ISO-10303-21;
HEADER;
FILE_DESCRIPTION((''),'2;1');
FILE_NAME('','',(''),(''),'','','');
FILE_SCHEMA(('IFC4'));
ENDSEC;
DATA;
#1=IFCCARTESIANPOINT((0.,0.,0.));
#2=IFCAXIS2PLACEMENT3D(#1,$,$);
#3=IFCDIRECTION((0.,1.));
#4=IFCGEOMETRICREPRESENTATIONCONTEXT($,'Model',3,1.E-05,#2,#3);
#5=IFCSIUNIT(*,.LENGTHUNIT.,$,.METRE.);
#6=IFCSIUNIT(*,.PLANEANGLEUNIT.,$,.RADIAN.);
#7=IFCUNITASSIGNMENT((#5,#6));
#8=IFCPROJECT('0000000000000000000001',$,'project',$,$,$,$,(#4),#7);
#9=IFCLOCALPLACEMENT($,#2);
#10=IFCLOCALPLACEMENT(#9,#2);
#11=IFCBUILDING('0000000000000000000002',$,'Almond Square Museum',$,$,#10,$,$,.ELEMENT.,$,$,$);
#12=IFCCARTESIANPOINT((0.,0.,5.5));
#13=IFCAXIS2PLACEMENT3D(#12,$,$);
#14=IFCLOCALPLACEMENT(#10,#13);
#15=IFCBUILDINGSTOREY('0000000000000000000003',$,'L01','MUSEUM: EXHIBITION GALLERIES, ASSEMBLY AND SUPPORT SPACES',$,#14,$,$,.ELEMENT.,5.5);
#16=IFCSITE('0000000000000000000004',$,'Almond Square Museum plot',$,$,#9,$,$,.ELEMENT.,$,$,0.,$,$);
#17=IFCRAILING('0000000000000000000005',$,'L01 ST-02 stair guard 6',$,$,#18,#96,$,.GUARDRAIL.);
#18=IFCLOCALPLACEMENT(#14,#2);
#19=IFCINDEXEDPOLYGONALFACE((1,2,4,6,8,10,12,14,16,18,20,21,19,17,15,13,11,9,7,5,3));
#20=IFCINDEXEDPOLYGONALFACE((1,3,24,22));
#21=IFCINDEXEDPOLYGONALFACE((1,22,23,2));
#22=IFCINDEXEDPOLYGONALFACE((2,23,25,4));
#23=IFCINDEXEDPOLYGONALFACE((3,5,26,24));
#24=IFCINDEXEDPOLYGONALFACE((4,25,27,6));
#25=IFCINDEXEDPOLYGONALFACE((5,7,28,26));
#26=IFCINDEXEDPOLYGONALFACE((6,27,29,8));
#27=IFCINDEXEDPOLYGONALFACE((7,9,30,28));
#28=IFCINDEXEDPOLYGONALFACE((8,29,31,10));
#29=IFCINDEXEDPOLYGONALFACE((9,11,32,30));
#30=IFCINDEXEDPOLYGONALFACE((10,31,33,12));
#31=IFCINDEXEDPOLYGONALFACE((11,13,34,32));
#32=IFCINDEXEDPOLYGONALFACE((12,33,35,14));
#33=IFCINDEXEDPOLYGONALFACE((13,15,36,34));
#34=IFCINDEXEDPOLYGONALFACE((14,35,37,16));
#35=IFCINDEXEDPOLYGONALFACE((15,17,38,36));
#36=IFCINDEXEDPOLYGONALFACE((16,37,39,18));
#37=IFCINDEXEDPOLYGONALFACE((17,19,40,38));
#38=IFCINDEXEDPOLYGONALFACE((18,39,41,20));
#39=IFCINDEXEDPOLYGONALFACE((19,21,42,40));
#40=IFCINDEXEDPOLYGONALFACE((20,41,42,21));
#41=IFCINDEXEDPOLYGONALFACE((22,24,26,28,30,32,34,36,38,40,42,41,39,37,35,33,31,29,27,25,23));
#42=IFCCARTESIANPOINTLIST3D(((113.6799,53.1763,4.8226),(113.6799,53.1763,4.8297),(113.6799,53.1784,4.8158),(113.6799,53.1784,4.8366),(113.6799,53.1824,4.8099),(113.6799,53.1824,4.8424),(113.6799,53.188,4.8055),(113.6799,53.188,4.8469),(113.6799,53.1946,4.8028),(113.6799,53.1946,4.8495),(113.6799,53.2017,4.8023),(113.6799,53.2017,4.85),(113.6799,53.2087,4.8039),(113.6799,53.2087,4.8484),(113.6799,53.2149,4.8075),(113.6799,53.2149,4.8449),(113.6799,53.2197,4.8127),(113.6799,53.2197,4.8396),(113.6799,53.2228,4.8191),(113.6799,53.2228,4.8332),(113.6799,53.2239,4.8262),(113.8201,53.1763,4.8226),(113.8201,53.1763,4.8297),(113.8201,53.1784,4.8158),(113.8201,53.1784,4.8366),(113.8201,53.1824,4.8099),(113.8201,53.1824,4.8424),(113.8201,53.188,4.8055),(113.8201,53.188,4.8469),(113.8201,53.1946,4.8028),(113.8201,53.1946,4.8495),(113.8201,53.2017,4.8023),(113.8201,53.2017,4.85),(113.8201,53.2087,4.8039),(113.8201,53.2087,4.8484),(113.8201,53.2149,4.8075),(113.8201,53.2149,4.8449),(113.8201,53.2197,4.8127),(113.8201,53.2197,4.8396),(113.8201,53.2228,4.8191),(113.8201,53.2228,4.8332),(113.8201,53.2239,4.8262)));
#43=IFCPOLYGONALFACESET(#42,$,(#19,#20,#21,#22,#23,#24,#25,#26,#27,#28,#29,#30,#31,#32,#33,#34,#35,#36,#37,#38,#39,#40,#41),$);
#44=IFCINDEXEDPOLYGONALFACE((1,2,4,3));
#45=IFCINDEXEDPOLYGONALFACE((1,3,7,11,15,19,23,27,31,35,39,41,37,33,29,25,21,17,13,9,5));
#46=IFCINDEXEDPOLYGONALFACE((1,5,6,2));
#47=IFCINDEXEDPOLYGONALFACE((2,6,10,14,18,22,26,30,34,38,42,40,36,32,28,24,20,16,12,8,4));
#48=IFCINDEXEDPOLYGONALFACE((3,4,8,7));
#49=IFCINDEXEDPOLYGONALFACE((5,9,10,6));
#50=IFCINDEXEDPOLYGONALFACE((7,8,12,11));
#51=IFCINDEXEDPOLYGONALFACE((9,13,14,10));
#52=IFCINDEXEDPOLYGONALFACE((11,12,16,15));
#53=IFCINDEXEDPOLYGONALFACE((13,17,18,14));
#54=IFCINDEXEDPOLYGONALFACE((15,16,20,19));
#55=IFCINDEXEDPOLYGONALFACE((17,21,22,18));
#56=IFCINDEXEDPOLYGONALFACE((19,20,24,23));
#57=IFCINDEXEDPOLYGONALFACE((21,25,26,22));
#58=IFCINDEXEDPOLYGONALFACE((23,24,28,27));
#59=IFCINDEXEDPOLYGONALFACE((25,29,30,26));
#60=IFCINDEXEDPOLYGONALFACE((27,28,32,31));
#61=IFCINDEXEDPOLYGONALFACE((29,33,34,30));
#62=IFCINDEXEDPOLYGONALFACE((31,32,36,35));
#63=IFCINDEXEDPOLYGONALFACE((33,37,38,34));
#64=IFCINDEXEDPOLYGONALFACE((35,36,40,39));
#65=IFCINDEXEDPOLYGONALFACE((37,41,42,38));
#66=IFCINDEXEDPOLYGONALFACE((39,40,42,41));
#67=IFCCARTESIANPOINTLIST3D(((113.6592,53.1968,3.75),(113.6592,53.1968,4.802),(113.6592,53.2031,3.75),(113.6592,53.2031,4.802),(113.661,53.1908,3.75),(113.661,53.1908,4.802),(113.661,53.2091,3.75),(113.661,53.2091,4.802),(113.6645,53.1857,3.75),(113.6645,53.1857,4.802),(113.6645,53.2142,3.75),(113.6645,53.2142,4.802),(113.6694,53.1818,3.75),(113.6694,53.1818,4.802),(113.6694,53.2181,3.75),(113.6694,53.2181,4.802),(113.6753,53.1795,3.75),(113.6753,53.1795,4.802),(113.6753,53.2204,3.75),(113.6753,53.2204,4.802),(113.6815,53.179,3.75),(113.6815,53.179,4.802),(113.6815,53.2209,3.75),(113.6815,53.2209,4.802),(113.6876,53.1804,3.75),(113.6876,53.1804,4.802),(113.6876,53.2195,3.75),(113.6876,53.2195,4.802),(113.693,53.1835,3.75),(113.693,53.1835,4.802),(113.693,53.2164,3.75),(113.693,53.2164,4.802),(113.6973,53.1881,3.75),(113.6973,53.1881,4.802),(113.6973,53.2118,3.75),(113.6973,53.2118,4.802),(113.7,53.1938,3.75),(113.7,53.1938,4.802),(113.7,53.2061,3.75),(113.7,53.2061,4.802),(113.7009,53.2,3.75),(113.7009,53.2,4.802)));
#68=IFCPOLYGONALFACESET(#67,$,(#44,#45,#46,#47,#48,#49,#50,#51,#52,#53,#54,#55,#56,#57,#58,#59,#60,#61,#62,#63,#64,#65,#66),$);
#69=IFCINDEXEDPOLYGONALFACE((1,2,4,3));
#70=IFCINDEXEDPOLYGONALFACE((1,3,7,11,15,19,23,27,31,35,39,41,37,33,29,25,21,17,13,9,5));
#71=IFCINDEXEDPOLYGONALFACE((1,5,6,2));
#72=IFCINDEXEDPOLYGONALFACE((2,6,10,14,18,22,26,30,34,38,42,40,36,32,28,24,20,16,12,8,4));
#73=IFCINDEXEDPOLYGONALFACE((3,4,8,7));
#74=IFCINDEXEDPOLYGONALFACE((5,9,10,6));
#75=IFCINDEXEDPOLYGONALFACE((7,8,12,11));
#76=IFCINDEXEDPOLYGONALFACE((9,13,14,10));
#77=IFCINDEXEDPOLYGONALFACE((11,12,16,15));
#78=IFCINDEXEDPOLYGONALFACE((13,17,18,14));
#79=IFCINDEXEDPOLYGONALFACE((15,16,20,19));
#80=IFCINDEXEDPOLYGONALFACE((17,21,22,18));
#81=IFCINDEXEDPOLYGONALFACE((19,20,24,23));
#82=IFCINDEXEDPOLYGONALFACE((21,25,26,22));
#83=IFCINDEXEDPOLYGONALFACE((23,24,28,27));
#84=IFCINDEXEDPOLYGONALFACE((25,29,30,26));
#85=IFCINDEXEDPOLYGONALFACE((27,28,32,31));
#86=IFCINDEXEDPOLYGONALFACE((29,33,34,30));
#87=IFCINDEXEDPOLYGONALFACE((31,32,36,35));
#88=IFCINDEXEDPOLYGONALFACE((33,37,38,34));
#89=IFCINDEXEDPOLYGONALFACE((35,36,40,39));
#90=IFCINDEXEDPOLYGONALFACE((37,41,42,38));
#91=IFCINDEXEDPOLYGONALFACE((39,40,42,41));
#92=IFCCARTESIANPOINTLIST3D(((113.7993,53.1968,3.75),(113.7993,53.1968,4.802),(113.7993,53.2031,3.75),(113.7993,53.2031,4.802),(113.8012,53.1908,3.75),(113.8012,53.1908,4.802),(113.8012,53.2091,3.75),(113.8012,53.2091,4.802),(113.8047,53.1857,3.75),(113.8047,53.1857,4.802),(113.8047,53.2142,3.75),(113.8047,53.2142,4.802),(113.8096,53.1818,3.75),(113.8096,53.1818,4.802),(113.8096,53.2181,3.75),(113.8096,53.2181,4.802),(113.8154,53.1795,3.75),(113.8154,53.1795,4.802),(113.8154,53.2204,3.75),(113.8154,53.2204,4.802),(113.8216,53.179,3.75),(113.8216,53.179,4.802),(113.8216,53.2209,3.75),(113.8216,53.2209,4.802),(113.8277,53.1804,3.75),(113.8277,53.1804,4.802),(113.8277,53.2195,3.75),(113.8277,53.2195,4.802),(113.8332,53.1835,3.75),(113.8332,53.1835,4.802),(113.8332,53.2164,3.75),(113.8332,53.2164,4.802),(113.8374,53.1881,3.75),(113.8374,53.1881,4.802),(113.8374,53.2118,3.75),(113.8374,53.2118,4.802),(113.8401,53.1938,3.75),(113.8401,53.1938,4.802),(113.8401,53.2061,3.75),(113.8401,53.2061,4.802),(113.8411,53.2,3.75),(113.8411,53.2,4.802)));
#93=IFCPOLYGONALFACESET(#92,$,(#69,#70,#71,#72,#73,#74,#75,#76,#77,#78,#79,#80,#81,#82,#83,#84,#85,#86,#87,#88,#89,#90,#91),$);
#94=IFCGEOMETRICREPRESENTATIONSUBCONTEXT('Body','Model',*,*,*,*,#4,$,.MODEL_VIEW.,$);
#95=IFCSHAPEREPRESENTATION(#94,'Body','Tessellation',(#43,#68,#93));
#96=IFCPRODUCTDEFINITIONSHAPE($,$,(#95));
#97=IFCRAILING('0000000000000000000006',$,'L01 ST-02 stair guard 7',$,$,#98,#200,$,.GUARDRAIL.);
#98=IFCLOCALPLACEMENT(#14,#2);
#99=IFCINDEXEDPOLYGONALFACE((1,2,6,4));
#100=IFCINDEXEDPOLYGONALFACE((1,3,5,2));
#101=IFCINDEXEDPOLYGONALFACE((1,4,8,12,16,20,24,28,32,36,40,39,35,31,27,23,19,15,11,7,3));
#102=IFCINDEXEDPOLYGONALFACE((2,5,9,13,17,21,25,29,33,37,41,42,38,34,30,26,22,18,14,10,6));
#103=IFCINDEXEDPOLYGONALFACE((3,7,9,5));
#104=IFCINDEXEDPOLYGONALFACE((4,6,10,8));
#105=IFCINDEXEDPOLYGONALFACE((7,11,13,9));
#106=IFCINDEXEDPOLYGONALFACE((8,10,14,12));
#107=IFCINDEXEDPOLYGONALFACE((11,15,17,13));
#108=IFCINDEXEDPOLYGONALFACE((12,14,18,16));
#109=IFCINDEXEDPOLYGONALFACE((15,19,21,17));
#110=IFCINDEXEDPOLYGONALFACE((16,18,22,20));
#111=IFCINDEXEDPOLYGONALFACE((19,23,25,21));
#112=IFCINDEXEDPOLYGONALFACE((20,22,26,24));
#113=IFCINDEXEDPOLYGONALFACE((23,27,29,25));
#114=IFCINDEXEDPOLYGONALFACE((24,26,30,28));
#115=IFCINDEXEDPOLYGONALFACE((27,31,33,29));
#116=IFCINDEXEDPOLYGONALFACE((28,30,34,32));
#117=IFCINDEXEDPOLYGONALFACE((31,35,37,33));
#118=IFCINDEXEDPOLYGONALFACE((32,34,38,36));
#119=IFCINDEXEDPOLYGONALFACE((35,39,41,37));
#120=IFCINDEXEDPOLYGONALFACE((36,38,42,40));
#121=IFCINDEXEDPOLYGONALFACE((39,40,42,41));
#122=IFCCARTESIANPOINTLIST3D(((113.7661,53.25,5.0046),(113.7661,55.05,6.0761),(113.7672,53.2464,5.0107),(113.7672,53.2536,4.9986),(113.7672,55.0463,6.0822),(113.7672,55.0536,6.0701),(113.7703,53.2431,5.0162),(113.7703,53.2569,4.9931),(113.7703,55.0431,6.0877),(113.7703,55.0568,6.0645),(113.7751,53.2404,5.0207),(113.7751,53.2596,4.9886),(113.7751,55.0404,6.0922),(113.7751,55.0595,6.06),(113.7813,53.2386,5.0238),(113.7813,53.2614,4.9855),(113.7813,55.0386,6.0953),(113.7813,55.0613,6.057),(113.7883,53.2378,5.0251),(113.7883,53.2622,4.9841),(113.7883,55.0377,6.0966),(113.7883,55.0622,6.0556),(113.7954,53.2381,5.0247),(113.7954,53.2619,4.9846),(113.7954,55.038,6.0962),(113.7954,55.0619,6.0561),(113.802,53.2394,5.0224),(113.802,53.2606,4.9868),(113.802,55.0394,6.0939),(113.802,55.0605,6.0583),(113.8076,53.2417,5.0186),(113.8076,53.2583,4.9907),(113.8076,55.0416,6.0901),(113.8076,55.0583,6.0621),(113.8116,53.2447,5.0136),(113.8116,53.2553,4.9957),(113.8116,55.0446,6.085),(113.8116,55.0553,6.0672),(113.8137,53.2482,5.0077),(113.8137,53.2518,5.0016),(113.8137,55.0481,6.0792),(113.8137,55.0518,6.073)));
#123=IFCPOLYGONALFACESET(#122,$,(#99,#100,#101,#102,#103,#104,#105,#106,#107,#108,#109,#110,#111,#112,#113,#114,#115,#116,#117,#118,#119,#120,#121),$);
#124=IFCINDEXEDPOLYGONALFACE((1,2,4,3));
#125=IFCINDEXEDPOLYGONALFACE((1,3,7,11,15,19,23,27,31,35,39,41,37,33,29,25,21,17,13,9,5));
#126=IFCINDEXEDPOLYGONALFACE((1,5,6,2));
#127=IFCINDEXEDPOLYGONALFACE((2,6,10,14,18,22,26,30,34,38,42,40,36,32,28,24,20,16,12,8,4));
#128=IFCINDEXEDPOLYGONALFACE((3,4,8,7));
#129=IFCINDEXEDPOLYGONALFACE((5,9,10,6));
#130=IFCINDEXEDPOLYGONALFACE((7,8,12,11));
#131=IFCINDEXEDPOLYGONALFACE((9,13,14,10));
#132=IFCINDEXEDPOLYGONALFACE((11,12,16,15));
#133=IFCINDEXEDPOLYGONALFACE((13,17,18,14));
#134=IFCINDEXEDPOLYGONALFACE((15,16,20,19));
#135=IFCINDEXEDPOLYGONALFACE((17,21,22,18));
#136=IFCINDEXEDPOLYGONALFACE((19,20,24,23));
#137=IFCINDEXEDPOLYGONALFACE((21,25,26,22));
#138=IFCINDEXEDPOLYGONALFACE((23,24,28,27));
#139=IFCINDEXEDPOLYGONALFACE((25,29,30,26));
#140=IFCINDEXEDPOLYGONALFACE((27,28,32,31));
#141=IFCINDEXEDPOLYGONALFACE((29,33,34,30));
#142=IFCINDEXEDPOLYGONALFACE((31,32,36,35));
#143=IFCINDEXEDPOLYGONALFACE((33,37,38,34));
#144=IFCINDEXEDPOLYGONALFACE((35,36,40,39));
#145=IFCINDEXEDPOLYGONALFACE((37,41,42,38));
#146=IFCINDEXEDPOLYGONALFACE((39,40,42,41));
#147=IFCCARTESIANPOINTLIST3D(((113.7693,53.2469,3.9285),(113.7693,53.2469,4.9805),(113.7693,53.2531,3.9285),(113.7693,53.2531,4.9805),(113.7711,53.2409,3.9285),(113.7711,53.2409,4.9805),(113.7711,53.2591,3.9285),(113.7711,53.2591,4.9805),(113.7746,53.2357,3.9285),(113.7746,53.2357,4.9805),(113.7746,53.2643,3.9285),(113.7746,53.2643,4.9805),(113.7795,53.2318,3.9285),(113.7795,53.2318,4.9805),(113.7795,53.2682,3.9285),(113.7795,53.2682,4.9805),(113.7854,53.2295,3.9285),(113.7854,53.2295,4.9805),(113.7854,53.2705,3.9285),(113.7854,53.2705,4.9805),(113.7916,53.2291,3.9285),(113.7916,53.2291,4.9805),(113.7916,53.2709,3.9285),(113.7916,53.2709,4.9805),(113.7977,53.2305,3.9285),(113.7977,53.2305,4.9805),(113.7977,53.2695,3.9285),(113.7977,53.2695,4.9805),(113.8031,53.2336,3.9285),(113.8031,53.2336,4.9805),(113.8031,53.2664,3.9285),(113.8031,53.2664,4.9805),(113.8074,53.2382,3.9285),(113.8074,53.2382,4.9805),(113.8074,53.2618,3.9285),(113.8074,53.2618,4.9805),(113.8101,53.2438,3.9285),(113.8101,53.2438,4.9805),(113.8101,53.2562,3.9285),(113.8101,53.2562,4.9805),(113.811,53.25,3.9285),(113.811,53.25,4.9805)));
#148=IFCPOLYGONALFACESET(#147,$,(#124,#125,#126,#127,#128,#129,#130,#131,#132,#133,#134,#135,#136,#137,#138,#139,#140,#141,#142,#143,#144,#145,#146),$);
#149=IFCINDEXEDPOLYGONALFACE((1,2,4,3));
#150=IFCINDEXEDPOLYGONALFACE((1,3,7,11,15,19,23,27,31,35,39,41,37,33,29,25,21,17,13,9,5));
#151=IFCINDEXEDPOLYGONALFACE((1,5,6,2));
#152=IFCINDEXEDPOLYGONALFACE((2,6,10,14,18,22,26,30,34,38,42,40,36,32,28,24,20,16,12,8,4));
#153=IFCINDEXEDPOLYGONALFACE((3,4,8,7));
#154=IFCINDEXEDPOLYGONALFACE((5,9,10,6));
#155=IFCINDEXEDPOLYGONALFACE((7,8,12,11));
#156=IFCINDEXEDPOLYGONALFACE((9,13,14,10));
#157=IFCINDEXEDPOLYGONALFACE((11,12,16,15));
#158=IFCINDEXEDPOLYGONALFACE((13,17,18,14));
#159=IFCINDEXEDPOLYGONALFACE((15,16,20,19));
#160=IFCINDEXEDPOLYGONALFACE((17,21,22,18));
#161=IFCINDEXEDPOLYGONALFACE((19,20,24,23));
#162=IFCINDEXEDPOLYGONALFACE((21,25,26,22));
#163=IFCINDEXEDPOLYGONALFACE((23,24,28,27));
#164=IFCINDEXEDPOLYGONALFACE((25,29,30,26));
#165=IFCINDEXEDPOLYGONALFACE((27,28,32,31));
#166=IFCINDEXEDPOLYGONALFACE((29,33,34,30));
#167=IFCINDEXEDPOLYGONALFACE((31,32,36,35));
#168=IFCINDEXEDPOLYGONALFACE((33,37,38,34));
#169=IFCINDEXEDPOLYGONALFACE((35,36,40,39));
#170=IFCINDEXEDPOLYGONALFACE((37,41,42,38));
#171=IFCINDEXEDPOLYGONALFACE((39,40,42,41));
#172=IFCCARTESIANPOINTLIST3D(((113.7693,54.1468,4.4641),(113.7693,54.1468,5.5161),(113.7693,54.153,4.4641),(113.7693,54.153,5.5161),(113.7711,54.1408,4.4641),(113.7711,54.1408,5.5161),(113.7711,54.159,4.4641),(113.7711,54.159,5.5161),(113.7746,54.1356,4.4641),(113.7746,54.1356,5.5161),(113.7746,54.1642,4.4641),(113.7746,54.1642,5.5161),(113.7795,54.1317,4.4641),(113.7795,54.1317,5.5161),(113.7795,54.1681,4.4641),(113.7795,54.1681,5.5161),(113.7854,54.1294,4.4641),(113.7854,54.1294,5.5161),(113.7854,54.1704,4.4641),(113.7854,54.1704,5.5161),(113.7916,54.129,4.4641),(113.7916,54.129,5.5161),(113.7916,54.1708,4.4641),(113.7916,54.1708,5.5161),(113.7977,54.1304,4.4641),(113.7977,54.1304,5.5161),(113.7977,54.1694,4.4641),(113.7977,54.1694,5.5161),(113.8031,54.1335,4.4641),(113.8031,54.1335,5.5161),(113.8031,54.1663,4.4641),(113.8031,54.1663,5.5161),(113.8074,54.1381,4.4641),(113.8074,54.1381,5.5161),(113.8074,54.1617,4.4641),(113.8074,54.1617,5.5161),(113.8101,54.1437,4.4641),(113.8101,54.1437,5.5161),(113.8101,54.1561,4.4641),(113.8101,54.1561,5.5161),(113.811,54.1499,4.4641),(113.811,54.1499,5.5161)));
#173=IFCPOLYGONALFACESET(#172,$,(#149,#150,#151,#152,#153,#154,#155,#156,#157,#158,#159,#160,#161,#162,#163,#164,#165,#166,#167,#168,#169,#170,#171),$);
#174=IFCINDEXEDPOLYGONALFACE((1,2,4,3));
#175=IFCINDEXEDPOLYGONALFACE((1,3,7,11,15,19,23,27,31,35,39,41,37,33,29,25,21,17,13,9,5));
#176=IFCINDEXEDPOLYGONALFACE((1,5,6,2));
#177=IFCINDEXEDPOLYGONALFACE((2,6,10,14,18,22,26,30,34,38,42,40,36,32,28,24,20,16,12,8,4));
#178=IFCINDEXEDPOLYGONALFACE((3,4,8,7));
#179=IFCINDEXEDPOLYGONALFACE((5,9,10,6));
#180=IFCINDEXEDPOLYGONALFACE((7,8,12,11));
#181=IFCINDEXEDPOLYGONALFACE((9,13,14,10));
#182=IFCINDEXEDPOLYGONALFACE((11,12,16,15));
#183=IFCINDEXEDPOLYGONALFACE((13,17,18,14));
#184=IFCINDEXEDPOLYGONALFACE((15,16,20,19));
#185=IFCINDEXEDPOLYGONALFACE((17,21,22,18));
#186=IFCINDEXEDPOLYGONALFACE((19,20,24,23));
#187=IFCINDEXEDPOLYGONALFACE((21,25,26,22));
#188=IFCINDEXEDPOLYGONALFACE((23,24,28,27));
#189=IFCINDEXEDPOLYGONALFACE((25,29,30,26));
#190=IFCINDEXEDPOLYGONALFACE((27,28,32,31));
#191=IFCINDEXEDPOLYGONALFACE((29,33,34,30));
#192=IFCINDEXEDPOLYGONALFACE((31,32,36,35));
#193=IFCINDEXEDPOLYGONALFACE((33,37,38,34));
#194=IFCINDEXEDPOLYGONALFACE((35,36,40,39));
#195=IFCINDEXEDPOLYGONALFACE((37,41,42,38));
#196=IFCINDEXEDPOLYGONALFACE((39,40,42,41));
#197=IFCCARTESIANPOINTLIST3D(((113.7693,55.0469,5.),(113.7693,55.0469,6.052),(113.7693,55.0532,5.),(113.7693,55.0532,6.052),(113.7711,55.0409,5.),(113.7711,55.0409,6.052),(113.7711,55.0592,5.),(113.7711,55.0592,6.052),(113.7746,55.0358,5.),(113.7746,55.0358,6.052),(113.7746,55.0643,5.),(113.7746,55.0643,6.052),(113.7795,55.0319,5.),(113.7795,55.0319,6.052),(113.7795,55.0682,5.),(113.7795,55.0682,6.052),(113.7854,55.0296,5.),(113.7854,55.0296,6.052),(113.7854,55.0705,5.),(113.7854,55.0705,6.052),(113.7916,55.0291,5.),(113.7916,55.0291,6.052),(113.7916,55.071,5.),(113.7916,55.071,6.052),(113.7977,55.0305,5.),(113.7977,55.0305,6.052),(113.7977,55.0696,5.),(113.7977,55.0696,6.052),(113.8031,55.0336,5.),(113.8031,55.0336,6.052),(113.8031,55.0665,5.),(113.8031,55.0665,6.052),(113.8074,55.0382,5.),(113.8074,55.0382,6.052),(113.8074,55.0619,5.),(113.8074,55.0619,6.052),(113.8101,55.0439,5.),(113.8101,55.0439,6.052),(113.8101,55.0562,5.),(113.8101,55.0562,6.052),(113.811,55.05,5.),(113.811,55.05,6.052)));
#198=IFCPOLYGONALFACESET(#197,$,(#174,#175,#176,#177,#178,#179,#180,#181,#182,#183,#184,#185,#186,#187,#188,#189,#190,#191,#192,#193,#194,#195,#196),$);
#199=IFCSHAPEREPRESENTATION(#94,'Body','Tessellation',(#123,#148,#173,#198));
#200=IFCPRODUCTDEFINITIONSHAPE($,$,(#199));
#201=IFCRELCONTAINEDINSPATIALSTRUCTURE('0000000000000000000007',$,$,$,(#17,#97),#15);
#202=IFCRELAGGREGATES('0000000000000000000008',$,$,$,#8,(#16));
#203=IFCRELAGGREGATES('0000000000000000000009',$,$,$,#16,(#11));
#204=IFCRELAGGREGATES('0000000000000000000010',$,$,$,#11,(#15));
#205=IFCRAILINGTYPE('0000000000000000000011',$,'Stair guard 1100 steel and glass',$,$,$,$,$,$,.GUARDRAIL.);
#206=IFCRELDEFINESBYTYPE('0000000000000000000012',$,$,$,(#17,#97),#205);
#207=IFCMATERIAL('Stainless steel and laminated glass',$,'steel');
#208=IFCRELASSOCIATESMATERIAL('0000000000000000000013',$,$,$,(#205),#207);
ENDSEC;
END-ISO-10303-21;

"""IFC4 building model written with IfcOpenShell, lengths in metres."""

from ifc_helpers import new_model, si_unit, direction, frame, origin, origin_2d, place, context, subcontext, project, spatial, circle, extrude, material, type_object, element, save


model = new_model("IFC4")

# Units and contexts
model_context = context("Model", 3, precision=1e-05, world=origin(), true_north=direction((0.0, 1.0)))
body_context = subcontext(model_context, "Body", "Model", "MODEL_VIEW")
ifc_project = project(units=[si_unit("LENGTHUNIT", "METRE"), si_unit("PLANEANGLEUNIT", "RADIAN")], contexts=[model_context])

# Site, building, storey
site_placement = place(None, origin())
site = spatial("IfcSite", under=ifc_project, at=site_placement, Name="Almond Square Museum plot", CompositionType="ELEMENT", RefElevation=0.0)
building_placement = place(site_placement, origin())
building = spatial("IfcBuilding", under=site, at=building_placement, Name="Almond Square Museum", CompositionType="ELEMENT")
storey_placement = place(building_placement, frame((0.0, 0.0, 5.5)))
storey = spatial("IfcBuildingStorey", under=building, at=storey_placement, Name="L01", Description="MUSEUM: EXHIBITION GALLERIES, ASSEMBLY AND SUPPORT SPACES", CompositionType="ELEMENT", Elevation=5.5)

# Railings
ifc_material_1 = material(Name="Stainless steel and laminated glass", Category="steel")
railing_type_1 = type_object("IfcRailingType", Name="Stair guard 1100 steel and glass", PredefinedType="GUARDRAIL", material=ifc_material_1)
railing_1_placement = place(storey_placement, frame((113.6799, 53.2, 3.75)))
element("IfcRailing", 1, at=railing_1_placement, inside=storey, type_object=railing_type_1, Name="L01 ST-02 stair guard 6", PredefinedType="GUARDRAIL", context=body_context, shape_type="SweptSolid", body=[
    extrude(circle(Radius=0.0239, at=origin_2d()), frame((0.0, 0.0, 1.0762), z_axis=(1.0, 0.0, 0.0), x_axis=(0.0, 1.0, 0.0)), (0.0, 0.0, 1.0), 0.1401),
    extrude(circle(Radius=0.021, at=origin_2d()), origin(), (0.0, 0.0, 1.0), 1.052),
    extrude(circle(Radius=0.021, at=origin_2d()), frame((0.1401, 0.0, 0.0)), (0.0, 0.0, 1.0), 1.052),
])
railing_2_placement = place(storey_placement, frame((113.79, 53.25, 3.9285)))
element("IfcRailing", 2, at=railing_2_placement, inside=storey, type_object=railing_type_1, Name="L01 ST-02 stair guard 7", PredefinedType="GUARDRAIL", context=body_context, shape_type="SweptSolid", body=[
    extrude(circle(Radius=0.0239, at=origin_2d()), frame((0.0, 0.0, 1.0762), z_axis=(0.0, 0.859277, 0.51151), x_axis=(-1.0, 0.0, 0.0)), (0.0, 0.0, 1.0), 2.0947),
    extrude(circle(Radius=0.021, at=origin_2d()), origin(), (0.0, 0.0, 1.0), 1.052),
    extrude(circle(Radius=0.021, at=origin_2d()), frame((0.0, 0.8999, 0.5356)), (0.0, 0.0, 1.0), 1.052),
    extrude(circle(Radius=0.021, at=origin_2d()), frame((0.0, 1.8, 1.0715)), (0.0, 0.0, 1.0), 1.052),
])

save(model, "model.ifc")
